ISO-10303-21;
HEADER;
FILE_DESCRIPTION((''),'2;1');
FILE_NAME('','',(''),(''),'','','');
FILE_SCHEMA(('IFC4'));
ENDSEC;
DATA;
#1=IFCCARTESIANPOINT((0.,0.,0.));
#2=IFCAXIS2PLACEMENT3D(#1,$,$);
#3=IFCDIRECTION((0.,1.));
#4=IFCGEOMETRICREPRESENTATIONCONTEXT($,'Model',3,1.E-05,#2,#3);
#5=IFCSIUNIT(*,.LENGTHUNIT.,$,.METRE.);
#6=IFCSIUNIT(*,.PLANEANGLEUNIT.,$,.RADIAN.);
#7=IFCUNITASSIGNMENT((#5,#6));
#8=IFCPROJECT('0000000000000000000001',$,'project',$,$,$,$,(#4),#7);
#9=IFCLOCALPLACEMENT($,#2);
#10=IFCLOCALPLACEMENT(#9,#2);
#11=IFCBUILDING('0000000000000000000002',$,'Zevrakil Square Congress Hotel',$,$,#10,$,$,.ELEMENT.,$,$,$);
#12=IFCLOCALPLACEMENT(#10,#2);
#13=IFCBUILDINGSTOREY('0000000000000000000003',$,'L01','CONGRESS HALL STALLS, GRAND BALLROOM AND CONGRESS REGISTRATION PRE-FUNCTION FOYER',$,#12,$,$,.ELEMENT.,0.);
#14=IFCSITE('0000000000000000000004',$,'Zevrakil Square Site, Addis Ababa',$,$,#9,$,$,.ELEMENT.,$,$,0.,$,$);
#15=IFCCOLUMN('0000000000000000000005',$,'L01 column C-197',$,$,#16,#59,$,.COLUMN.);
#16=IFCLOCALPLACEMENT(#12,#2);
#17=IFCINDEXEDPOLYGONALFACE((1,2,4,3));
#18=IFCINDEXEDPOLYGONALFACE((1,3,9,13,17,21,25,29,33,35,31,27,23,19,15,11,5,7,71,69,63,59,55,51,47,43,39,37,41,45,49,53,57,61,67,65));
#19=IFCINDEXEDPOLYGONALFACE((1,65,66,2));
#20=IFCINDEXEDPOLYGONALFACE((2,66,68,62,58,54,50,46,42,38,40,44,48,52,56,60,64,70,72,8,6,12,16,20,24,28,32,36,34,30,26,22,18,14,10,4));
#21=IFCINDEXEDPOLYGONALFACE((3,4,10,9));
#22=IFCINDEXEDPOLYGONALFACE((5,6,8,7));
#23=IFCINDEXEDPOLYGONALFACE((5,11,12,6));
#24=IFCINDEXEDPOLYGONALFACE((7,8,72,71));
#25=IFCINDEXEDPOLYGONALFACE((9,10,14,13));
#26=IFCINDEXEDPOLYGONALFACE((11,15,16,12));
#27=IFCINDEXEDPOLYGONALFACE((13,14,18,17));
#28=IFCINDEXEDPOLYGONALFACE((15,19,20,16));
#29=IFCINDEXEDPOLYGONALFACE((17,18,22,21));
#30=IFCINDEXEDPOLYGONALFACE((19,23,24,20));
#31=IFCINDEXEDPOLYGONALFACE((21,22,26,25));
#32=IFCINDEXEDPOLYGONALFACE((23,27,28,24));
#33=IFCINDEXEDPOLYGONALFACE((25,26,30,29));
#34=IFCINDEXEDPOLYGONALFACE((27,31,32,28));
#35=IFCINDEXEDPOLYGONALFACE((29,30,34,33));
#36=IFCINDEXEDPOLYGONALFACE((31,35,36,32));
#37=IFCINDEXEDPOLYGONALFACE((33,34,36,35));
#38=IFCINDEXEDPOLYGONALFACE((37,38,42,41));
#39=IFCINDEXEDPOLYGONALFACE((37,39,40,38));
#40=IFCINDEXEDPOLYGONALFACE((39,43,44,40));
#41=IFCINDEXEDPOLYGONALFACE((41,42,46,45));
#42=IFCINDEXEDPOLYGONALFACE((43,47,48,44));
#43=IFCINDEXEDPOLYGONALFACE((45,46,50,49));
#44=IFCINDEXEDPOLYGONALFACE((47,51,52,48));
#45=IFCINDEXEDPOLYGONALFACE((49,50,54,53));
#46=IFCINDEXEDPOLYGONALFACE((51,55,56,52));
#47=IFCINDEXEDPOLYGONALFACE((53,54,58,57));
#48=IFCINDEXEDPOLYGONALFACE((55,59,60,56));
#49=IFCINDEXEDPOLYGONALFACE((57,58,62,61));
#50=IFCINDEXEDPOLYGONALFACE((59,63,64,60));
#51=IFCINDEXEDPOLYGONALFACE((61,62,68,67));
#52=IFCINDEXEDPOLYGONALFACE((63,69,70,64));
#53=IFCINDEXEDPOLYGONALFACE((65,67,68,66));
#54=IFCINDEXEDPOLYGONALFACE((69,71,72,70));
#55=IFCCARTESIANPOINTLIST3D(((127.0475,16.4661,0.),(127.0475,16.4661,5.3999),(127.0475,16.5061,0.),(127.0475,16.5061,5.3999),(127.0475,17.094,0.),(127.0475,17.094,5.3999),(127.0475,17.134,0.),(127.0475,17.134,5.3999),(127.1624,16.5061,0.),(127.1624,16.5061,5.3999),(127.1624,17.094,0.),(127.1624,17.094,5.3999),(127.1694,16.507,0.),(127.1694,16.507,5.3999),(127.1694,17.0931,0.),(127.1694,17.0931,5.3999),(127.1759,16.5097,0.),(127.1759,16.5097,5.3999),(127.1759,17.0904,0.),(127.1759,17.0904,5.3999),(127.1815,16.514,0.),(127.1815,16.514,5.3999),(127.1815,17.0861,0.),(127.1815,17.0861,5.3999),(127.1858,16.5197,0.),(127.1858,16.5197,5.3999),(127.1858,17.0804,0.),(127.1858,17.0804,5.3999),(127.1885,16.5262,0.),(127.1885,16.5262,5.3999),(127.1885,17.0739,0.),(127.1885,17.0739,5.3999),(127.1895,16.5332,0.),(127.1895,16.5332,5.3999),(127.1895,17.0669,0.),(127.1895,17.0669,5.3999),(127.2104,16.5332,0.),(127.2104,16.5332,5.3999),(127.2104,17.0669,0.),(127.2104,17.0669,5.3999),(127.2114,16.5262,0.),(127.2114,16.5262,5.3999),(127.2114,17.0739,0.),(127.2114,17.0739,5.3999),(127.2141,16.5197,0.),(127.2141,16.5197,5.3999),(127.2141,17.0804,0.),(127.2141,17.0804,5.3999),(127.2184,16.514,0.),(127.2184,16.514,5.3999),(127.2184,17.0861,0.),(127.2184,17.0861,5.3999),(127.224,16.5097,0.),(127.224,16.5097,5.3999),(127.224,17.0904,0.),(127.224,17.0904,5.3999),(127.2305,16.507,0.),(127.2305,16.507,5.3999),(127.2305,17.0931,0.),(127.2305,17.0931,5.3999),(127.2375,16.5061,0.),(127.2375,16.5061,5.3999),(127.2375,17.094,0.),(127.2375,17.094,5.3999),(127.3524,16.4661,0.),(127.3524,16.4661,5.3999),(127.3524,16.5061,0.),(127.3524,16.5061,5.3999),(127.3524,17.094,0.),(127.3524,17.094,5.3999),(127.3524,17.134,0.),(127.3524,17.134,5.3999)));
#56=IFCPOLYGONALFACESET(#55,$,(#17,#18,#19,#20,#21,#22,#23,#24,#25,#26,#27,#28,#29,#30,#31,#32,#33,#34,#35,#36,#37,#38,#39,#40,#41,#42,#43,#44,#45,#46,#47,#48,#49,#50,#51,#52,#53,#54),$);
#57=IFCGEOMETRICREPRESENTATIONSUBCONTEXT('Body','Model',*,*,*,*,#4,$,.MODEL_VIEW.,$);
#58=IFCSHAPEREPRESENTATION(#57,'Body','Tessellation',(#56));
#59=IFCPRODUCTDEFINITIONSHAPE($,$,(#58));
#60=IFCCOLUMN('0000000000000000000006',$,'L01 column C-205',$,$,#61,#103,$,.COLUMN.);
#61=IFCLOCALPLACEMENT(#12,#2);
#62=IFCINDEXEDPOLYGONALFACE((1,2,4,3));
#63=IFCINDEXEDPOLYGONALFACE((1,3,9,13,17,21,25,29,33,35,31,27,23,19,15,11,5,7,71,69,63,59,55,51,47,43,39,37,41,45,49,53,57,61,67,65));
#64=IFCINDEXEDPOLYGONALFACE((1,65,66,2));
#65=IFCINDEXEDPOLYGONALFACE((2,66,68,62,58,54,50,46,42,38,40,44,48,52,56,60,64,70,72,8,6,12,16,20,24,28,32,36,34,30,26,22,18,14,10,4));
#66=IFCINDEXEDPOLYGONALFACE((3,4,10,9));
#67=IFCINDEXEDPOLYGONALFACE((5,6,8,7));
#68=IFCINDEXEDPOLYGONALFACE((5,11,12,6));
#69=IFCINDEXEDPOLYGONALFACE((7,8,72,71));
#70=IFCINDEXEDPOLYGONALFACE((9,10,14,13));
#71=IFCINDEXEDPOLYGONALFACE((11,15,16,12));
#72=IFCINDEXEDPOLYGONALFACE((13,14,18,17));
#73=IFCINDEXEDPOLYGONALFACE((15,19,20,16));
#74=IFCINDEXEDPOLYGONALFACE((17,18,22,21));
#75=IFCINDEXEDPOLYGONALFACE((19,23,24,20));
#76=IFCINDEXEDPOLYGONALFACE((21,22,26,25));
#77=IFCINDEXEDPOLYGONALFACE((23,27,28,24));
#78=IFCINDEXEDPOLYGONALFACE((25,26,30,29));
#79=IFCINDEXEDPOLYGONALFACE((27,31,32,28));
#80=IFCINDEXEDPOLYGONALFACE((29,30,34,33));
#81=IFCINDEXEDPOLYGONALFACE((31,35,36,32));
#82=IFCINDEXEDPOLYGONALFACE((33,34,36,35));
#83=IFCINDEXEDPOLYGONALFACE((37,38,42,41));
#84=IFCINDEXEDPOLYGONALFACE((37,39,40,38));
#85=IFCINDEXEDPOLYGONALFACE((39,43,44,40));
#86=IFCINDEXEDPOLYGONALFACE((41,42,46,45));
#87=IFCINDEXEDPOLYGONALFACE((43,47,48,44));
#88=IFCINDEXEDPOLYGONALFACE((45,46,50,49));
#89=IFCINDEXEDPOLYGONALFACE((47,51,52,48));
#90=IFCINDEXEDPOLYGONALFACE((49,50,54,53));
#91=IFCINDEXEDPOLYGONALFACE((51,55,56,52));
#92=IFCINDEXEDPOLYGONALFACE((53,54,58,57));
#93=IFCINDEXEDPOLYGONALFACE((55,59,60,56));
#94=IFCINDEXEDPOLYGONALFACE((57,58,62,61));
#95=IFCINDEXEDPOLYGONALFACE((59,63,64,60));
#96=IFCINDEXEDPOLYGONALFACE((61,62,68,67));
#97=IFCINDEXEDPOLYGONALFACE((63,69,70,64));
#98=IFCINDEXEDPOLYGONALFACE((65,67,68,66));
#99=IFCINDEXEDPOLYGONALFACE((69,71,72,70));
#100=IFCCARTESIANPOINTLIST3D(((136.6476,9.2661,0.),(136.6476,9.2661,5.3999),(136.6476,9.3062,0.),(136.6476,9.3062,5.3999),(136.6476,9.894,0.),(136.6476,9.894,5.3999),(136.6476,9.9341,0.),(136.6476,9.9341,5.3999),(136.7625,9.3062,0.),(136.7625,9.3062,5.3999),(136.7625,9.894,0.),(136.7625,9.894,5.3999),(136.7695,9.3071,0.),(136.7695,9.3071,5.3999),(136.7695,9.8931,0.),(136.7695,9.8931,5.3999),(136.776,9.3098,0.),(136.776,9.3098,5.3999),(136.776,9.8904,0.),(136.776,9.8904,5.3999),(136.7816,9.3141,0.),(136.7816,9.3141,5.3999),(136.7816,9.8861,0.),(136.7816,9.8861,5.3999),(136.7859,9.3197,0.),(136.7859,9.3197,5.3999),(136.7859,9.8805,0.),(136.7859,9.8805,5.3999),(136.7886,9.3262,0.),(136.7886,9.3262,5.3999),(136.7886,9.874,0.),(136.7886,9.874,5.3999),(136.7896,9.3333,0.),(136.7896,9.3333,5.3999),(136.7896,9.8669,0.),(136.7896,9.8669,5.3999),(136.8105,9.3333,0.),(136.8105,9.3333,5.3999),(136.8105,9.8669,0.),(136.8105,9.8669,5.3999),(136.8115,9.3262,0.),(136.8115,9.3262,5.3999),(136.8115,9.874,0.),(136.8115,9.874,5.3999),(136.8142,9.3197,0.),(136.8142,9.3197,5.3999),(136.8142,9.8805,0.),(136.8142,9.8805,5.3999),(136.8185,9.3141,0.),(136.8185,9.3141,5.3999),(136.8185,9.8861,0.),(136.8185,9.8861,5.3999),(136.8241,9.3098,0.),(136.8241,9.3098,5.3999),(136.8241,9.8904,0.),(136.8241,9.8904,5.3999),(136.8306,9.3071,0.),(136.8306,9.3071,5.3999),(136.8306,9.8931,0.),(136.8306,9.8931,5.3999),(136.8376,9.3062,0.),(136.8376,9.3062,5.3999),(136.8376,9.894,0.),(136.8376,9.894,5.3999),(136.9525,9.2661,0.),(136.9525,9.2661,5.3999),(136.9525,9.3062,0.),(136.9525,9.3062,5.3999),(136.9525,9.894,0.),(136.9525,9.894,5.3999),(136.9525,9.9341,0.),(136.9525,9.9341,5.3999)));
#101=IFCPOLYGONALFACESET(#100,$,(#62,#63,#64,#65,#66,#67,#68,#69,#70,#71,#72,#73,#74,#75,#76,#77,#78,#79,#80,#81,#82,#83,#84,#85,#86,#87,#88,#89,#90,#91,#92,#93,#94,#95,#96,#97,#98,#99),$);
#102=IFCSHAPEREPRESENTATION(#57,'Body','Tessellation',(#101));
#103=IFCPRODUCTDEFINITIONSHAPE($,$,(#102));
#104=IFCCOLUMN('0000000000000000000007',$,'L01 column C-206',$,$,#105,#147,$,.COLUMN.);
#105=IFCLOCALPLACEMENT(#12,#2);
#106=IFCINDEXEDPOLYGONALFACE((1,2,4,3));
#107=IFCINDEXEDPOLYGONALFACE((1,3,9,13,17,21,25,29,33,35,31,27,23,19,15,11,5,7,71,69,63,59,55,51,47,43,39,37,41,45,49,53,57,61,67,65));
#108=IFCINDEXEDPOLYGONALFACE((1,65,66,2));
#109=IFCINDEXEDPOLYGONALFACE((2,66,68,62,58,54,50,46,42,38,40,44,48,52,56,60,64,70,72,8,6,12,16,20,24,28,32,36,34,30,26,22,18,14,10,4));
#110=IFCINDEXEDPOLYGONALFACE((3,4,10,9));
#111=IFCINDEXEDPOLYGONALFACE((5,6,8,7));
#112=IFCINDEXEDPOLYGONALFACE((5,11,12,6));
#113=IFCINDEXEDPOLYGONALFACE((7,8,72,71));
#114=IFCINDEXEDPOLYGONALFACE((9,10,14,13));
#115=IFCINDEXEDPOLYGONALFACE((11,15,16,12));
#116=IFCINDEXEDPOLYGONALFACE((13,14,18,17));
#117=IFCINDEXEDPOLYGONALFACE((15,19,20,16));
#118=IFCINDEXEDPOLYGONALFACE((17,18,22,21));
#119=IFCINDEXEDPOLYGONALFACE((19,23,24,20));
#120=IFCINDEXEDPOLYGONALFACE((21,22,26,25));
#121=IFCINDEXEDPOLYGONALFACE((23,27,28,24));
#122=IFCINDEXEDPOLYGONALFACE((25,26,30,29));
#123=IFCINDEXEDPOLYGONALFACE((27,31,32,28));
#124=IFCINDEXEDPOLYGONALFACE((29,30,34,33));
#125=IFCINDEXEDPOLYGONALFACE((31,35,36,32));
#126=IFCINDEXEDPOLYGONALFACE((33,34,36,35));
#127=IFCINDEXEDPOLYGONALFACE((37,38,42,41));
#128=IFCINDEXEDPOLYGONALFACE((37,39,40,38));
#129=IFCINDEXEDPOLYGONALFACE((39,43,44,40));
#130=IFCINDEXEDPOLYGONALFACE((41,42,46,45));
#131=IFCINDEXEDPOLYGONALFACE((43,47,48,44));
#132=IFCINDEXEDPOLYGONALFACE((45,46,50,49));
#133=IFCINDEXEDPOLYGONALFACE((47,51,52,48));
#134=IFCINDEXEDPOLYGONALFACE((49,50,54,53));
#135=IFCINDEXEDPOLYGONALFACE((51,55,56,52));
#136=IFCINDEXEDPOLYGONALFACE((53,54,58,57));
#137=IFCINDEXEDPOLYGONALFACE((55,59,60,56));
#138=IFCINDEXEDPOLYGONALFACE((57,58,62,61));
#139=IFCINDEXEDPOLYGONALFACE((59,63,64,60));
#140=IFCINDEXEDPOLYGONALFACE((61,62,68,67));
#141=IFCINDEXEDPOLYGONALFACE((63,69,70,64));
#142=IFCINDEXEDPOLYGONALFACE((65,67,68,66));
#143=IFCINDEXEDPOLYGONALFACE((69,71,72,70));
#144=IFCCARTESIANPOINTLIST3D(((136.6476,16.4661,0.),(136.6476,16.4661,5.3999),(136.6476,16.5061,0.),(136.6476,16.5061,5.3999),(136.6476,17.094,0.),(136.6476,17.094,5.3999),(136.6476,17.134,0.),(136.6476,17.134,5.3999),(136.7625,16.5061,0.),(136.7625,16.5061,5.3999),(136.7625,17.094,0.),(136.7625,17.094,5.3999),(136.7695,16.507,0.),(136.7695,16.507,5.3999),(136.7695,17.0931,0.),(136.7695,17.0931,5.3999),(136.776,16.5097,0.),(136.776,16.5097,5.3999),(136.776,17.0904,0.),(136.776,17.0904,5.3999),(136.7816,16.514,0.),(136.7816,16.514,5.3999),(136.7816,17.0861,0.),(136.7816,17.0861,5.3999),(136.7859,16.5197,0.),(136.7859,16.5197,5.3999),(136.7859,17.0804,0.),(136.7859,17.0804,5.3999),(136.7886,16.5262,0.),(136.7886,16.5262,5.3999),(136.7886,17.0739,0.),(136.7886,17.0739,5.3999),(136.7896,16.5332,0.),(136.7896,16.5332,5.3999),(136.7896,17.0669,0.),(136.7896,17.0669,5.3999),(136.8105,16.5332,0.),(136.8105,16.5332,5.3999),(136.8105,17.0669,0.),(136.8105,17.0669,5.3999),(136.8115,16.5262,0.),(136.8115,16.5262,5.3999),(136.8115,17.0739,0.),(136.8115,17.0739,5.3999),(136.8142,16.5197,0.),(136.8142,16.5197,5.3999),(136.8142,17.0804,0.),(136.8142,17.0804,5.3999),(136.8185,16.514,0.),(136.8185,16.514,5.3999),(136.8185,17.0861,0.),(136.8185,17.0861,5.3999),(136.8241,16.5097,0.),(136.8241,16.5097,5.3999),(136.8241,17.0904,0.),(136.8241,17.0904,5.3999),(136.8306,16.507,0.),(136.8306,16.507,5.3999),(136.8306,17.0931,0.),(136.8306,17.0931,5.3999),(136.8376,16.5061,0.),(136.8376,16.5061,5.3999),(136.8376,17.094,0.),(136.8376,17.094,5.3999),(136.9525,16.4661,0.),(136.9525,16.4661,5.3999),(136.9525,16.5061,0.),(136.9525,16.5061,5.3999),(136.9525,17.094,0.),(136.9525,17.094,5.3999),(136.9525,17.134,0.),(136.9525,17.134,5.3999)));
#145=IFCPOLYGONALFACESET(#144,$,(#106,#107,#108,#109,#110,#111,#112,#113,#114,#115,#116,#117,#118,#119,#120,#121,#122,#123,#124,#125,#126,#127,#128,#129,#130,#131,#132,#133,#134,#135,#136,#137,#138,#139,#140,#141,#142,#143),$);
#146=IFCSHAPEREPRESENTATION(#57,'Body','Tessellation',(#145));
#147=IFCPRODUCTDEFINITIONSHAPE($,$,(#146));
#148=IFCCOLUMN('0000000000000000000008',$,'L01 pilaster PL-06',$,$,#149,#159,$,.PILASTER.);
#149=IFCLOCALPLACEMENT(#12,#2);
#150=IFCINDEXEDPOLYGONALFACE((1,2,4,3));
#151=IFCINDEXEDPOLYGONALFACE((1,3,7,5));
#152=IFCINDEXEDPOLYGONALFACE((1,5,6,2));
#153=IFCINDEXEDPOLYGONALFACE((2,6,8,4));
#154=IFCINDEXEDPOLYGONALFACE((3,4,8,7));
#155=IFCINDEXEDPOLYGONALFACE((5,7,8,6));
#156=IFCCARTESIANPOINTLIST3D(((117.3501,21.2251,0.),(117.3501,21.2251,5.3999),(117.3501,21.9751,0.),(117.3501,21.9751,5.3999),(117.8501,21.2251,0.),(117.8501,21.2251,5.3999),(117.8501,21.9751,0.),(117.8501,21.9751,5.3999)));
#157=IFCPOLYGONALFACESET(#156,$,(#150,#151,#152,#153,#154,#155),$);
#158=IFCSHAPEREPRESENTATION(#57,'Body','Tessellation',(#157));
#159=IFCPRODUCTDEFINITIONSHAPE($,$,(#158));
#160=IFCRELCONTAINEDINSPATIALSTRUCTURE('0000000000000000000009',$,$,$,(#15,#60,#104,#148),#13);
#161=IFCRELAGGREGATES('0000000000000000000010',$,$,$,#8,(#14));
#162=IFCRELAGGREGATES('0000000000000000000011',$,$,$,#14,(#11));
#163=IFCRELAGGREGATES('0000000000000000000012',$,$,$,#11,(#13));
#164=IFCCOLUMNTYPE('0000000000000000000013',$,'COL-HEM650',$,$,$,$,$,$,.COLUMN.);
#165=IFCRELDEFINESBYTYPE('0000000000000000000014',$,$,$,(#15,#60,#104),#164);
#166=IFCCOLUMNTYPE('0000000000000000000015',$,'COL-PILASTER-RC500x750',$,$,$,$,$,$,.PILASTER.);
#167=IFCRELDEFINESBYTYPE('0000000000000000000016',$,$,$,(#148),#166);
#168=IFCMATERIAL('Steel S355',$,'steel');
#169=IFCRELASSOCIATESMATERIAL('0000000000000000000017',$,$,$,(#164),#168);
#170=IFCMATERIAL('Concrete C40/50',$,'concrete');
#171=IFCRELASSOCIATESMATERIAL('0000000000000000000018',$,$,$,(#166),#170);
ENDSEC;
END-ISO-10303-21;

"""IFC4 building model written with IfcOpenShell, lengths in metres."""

from ifc_helpers import new_model, si_unit, direction, frame, origin, origin_2d, place, context, subcontext, project, spatial, rectangle, i_section, extrude, material, material_profile, profile_set, type_object, element, save


model = new_model("IFC4")

# Units and contexts
model_context = context("Model", 3, precision=1e-05, world=origin(), true_north=direction((0.0, 1.0)))
body_context = subcontext(model_context, "Body", "Model", "MODEL_VIEW")
ifc_project = project(units=[si_unit("LENGTHUNIT", "METRE"), si_unit("PLANEANGLEUNIT", "RADIAN")], contexts=[model_context])

# Site, building, storey
site_placement = place(None, origin())
site = spatial("IfcSite", under=ifc_project, at=site_placement, Name="Zevrakil Square Site, Addis Ababa", CompositionType="ELEMENT", RefElevation=0.0)
building_placement = place(site_placement, origin())
building = spatial("IfcBuilding", under=site, at=building_placement, Name="Zevrakil Square Congress Hotel", CompositionType="ELEMENT")
storey_placement = place(building_placement, origin())
storey = spatial("IfcBuildingStorey", under=building, at=storey_placement, Name="L01", Description="CONGRESS HALL STALLS, GRAND BALLROOM AND CONGRESS REGISTRATION PRE-FUNCTION FOYER", CompositionType="ELEMENT", Elevation=0.0)

# Columns
ifc_material_1 = material(Name="Steel S355", Category="steel")
ifc_material_profile_1 = material_profile(ifc_material_1, i_section(OverallWidth=0.3049, OverallDepth=0.668, WebThickness=0.021, FlangeThickness=0.04, FilletRadius=0.0271, at=origin_2d()), Name="HEM 650")
ifc_profile_set_1 = profile_set([ifc_material_profile_1], Name="Steel S355")
column_type_1 = type_object("IfcColumnType", Name="COL-HEM650", PredefinedType="COLUMN", material=ifc_profile_set_1)
for number, where, z_axis, x_axis, name in (
    (1, (127.2, 16.8, 0.0), (0.0, 0.0, 1.0), (1.0, 0.0, 0.0), "L01 column C-197"),
    (2, (136.8, 9.6001, 0.0), (0.0, 0.0, 1.0), (1.0, 0.0, 0.0), "L01 column C-205"),
    (3, (136.8, 16.8, 0.0), (0.0, 0.0, 1.0), (1.0, 0.0, 0.0), "L01 column C-206"),
):
    element("IfcColumn", number, at=place(storey_placement, frame(where, z_axis=z_axis, x_axis=x_axis)), inside=storey, type_object=column_type_1, Name=name, PredefinedType="COLUMN", context=body_context, shape_type="SweptSolid", body=[
        extrude(i_section(OverallWidth=0.3049, OverallDepth=0.668, WebThickness=0.021, FlangeThickness=0.04, FilletRadius=0.0271, at=origin_2d()), origin(), (0.0, 0.0, 1.0), 5.3999),
    ])
ifc_material_2 = material(Name="Concrete C40/50", Category="concrete")
ifc_material_profile_2 = material_profile(ifc_material_2, rectangle(XDim=0.5, YDim=0.75, at=origin_2d()), Name="RC 500x750")
ifc_profile_set_2 = profile_set([ifc_material_profile_2], Name="Concrete C40/50")
column_type_2 = type_object("IfcColumnType", Name="COL-PILASTER-RC500x750", PredefinedType="PILASTER", material=ifc_profile_set_2)
column_1_placement = place(storey_placement, frame((117.6001, 21.6001, 0.0), z_axis=(0.0, 0.0, 1.0), x_axis=(1.0, 0.0, 0.0)))
element("IfcColumn", 4, at=column_1_placement, inside=storey, type_object=column_type_2, Name="L01 pilaster PL-06", PredefinedType="PILASTER", context=body_context, shape_type="SweptSolid", body=[
    extrude(rectangle(XDim=0.5, YDim=0.75, at=origin_2d()), origin(), (0.0, 0.0, 1.0), 5.3999),
])

save(model, "model.ifc")
